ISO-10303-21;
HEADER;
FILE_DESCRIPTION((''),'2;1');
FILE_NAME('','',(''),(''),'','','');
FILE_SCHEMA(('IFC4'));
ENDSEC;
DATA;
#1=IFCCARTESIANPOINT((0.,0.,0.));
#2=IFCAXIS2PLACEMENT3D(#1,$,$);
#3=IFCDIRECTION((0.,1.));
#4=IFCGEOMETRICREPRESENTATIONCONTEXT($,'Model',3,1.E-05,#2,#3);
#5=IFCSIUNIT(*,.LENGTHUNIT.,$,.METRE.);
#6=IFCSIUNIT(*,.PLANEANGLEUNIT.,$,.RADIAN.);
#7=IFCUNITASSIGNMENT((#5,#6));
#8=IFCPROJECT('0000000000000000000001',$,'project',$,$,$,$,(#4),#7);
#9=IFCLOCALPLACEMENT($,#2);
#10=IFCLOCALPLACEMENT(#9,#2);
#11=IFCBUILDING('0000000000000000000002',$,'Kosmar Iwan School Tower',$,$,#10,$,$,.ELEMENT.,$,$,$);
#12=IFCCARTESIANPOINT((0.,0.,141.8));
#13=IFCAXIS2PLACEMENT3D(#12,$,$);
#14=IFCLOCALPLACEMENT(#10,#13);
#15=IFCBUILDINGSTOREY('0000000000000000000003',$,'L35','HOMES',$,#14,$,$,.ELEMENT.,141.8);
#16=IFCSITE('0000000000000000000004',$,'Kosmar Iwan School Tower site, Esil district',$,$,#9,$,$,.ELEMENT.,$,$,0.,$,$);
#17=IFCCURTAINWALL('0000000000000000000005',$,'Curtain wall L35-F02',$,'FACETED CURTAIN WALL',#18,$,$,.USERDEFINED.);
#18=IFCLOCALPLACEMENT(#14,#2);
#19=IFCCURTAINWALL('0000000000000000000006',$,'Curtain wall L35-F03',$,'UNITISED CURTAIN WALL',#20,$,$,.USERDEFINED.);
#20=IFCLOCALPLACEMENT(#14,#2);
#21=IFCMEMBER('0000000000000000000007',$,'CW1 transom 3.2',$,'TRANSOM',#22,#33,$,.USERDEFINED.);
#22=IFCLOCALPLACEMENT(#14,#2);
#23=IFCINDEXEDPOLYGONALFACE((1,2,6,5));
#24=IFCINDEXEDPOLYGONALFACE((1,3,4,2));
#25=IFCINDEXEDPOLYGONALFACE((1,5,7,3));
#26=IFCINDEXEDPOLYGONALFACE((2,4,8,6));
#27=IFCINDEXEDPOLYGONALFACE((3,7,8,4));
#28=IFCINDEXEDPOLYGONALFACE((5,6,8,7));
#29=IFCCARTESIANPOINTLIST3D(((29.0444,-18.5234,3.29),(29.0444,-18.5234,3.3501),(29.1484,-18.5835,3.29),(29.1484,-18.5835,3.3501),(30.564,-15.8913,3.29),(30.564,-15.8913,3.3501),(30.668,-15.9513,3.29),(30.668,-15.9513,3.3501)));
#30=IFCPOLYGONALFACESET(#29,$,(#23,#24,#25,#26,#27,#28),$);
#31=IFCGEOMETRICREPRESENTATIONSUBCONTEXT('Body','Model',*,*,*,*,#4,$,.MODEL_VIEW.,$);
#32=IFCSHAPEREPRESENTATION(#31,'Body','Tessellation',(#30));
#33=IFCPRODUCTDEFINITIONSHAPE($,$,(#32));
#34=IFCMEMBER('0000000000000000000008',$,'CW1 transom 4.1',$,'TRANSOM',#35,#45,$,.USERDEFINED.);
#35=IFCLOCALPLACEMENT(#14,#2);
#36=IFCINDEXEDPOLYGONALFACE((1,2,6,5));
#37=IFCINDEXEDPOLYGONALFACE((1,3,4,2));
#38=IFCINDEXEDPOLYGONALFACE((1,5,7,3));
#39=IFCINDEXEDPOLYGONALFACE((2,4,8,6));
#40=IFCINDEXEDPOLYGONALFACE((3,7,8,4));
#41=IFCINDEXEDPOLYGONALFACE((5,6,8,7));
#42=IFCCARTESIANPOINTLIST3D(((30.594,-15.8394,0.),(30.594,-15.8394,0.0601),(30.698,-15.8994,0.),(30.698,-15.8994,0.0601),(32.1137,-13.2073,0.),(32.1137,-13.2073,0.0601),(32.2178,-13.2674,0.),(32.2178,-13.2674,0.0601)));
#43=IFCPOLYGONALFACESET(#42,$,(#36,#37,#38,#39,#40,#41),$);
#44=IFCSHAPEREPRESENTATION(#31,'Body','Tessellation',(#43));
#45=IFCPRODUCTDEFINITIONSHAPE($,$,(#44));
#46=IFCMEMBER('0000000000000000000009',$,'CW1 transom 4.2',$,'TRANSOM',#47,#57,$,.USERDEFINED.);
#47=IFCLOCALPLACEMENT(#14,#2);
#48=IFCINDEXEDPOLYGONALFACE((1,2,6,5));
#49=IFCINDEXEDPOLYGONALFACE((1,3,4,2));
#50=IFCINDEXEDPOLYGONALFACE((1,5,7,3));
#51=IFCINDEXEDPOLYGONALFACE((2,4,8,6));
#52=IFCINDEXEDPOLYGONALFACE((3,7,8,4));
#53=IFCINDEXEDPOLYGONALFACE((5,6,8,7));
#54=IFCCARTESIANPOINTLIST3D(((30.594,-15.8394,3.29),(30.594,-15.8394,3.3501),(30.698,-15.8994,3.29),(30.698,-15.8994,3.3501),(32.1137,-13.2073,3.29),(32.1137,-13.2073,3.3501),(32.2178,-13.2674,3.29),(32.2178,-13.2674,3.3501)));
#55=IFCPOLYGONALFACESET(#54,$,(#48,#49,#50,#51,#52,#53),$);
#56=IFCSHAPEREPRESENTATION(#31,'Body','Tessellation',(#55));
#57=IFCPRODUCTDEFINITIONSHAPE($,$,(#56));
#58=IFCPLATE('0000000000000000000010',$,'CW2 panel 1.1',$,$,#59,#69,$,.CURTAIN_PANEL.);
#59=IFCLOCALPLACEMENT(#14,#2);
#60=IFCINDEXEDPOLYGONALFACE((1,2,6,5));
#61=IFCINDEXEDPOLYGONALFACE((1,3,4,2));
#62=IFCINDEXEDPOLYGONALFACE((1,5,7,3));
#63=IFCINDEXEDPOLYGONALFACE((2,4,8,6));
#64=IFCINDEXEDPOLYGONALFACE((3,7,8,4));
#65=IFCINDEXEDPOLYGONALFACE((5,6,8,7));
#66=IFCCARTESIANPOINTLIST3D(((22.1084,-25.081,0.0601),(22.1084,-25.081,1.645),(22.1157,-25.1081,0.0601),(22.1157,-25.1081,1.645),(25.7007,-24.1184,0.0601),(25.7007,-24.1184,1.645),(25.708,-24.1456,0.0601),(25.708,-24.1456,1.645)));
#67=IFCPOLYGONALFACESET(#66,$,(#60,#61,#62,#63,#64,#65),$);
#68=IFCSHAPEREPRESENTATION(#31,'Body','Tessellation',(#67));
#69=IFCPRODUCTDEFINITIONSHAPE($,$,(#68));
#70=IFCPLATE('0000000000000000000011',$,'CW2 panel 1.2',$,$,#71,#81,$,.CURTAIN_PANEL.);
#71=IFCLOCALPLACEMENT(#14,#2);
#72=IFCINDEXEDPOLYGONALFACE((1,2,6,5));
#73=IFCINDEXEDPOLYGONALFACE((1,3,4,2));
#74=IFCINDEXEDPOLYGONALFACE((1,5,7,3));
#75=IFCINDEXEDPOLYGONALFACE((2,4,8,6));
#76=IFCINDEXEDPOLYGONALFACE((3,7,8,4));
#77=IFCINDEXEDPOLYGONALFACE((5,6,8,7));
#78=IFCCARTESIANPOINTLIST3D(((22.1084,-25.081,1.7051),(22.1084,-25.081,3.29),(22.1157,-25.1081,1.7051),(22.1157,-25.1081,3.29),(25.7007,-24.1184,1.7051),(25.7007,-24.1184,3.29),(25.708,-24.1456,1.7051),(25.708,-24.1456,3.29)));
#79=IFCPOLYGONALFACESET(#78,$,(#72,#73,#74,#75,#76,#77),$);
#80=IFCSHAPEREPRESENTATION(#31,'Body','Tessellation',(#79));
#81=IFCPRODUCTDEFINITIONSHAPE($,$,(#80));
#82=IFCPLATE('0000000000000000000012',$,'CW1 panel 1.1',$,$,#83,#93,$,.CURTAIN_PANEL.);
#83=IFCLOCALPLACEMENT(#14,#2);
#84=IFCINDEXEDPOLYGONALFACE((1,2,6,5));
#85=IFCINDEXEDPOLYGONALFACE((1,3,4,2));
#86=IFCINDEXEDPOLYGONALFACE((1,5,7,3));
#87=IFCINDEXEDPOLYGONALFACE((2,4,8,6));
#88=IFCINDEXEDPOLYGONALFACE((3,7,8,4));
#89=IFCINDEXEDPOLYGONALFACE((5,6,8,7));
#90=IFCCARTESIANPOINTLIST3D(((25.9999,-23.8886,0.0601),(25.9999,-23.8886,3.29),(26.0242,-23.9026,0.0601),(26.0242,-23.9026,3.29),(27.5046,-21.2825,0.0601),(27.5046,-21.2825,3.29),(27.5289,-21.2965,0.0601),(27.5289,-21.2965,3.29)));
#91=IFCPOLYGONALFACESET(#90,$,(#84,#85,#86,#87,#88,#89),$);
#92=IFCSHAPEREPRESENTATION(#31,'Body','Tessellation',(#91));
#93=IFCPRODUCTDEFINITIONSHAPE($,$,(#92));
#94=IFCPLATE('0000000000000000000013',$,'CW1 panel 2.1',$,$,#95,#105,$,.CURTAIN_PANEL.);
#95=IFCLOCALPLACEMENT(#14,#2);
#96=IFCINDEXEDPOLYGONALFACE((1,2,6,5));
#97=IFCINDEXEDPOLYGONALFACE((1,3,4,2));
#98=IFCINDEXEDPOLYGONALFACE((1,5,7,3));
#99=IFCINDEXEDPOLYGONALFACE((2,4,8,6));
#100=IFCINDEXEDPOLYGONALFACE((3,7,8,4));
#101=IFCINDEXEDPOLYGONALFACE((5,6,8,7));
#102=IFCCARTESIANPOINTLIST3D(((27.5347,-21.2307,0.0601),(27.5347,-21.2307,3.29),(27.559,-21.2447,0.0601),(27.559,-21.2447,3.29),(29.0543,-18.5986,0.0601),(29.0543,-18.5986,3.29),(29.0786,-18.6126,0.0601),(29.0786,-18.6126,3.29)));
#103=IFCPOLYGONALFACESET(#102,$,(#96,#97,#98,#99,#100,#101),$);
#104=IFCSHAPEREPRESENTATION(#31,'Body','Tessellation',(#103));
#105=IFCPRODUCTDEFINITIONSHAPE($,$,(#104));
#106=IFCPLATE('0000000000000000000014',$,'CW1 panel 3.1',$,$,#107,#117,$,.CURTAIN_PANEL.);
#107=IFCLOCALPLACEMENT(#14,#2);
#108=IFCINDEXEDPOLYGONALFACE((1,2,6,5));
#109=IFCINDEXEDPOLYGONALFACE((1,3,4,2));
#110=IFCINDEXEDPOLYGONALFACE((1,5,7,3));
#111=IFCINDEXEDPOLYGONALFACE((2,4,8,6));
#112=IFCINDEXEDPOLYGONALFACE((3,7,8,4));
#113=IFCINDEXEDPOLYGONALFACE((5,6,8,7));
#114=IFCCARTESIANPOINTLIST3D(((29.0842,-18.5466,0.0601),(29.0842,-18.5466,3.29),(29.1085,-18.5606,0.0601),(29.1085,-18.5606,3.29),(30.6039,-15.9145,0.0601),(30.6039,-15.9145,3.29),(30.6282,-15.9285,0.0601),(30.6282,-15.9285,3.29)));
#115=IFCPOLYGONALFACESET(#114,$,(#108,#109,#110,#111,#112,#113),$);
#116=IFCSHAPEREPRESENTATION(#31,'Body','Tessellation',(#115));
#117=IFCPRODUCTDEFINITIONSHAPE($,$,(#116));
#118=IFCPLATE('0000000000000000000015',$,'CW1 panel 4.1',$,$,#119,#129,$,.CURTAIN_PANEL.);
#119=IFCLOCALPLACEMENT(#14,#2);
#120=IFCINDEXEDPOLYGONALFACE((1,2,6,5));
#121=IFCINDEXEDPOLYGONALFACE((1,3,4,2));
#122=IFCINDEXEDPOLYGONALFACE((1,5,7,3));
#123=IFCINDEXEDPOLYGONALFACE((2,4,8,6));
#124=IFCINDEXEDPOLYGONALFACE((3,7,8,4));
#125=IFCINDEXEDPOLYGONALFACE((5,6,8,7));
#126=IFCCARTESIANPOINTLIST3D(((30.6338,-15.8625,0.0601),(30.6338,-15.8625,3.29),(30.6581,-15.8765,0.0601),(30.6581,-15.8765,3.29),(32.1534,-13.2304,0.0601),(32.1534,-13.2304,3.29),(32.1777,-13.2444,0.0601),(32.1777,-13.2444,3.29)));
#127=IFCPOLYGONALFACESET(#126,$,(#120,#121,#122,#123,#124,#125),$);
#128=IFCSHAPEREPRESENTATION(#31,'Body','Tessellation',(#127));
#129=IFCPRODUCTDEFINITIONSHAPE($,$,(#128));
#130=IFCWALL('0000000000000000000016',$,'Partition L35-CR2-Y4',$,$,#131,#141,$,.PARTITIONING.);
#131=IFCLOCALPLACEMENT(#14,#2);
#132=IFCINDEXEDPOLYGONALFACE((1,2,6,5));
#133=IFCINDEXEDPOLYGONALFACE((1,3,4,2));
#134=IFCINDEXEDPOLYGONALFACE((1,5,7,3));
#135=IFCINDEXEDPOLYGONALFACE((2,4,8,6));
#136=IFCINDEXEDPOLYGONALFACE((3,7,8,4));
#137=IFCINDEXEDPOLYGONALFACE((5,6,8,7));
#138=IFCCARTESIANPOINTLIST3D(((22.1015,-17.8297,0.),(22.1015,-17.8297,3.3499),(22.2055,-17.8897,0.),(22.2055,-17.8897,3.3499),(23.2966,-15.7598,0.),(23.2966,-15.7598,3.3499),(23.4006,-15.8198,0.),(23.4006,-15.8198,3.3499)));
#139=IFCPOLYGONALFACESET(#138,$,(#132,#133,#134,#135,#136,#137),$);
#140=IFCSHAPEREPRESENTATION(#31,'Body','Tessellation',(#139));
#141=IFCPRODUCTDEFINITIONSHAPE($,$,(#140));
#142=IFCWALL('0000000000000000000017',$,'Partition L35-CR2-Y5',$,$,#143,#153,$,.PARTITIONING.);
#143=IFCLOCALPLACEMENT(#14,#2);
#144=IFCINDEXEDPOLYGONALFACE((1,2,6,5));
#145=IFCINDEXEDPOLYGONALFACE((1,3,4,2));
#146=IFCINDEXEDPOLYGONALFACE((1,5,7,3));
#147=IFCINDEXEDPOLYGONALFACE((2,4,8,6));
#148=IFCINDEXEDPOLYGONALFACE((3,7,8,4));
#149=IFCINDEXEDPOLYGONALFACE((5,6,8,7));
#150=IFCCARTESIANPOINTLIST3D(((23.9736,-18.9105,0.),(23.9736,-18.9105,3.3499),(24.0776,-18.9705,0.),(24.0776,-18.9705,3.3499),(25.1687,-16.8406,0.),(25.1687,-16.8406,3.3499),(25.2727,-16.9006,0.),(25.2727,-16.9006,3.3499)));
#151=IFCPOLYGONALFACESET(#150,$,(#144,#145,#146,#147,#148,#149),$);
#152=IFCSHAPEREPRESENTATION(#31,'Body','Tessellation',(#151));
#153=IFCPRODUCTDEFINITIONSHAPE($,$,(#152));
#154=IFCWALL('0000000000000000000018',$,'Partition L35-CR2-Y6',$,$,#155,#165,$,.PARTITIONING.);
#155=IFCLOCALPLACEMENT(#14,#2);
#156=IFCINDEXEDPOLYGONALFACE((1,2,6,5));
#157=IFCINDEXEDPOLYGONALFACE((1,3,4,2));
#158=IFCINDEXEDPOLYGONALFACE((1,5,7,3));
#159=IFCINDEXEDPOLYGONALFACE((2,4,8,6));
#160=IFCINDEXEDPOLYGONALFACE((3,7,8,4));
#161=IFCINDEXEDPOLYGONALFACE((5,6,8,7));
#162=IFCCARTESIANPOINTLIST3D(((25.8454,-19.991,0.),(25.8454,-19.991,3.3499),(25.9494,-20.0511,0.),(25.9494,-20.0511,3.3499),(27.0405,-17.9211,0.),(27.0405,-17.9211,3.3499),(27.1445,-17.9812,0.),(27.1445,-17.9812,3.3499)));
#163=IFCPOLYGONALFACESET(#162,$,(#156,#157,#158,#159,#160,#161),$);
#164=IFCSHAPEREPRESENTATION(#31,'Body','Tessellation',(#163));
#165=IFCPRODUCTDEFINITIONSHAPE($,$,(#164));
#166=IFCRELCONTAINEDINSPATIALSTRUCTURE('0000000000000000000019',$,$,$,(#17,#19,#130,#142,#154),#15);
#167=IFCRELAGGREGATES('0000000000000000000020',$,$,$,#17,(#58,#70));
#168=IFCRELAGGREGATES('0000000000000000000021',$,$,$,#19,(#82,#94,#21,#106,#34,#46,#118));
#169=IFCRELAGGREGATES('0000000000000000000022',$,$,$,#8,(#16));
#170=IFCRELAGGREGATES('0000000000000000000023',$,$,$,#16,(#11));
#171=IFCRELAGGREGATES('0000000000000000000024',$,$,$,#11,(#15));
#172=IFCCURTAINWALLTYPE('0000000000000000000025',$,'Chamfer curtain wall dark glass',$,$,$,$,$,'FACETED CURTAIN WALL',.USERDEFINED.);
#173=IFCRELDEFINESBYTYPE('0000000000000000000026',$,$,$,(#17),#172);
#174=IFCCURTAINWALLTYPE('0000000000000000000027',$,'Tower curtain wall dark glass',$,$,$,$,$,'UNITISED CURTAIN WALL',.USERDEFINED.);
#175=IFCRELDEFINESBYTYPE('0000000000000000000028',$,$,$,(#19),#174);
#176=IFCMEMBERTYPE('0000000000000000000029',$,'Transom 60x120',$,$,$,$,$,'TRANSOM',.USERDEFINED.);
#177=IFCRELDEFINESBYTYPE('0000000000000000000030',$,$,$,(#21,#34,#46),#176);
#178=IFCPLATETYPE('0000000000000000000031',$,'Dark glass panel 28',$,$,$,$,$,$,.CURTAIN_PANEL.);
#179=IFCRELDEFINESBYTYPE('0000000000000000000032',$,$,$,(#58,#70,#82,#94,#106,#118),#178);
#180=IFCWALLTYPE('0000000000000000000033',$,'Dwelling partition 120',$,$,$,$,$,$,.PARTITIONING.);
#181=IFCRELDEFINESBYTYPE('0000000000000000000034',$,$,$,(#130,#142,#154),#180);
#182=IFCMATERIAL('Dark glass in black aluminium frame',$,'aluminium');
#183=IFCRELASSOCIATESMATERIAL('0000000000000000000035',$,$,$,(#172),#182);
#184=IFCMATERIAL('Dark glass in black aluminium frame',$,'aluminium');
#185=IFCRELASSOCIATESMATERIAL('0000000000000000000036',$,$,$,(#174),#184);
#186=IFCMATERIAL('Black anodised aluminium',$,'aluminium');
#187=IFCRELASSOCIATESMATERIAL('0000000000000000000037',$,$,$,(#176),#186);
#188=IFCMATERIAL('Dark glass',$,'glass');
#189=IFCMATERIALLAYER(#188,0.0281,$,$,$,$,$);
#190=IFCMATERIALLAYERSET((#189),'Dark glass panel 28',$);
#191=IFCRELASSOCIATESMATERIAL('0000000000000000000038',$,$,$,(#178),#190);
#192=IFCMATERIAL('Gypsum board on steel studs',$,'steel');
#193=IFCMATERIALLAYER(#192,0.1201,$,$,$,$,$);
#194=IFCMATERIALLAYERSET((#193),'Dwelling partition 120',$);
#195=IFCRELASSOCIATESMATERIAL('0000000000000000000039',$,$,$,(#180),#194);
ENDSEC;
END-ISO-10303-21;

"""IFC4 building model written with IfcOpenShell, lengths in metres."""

from ifc_helpers import new_model, si_unit, direction, frame, frame_2d, origin, origin_2d, place, context, subcontext, project, spatial, rectangle, extrude, material, layer, layer_set, material_profile, profile_set, type_object, element, aggregate, save


model = new_model("IFC4")

# Units and contexts
model_context = context("Model", 3, precision=1e-05, world=origin(), true_north=direction((0.0, 1.0)))
body_context = subcontext(model_context, "Body", "Model", "MODEL_VIEW")
ifc_project = project(units=[si_unit("LENGTHUNIT", "METRE"), si_unit("PLANEANGLEUNIT", "RADIAN")], contexts=[model_context])

# Site, building, storey
site_placement = place(None, origin())
site = spatial("IfcSite", under=ifc_project, at=site_placement, Name="Kosmar Iwan School Tower site, Esil district", CompositionType="ELEMENT", RefElevation=0.0)
building_placement = place(site_placement, origin())
building = spatial("IfcBuilding", under=site, at=building_placement, Name="Kosmar Iwan School Tower", CompositionType="ELEMENT")
storey_placement = place(building_placement, frame((0.0, 0.0, 141.8)))
storey = spatial("IfcBuildingStorey", under=building, at=storey_placement, Name="L35", Description="HOMES", CompositionType="ELEMENT", Elevation=141.8)

# Curtain wall
ifc_material_1 = material(Name="Dark glass in black aluminium frame", Category="aluminium")
curtain_wall_type_1 = type_object("IfcCurtainWallType", Name="Chamfer curtain wall dark glass", ElementType="FACETED CURTAIN WALL", PredefinedType="USERDEFINED", material=ifc_material_1)
curtain_wall_1_placement = place(storey_placement, origin())
curtain_wall_1 = element("IfcCurtainWall", 1, at=curtain_wall_1_placement, inside=storey, type_object=curtain_wall_type_1, Name="Curtain wall L35-F02", ObjectType="FACETED CURTAIN WALL", PredefinedType="USERDEFINED")

# Curtain wall
ifc_material_2 = material(Name="Dark glass in black aluminium frame", Category="aluminium")
curtain_wall_type_2 = type_object("IfcCurtainWallType", Name="Tower curtain wall dark glass", ElementType="UNITISED CURTAIN WALL", PredefinedType="USERDEFINED", material=ifc_material_2)
curtain_wall_2_placement = place(storey_placement, origin())
curtain_wall_2 = element("IfcCurtainWall", 2, at=curtain_wall_2_placement, inside=storey, type_object=curtain_wall_type_2, Name="Curtain wall L35-F03", ObjectType="UNITISED CURTAIN WALL", PredefinedType="USERDEFINED")

# Members
ifc_material_3 = material(Name="Black anodised aluminium", Category="aluminium")
ifc_material_profile_1 = material_profile(ifc_material_3, rectangle(XDim=0.1201, YDim=0.0601, at=origin_2d()), Name="TRANSOM 60x120")
ifc_profile_set_1 = profile_set([ifc_material_profile_1], Name="Black anodised aluminium")
member_type_1 = type_object("IfcMemberType", Name="Transom 60x120", ElementType="TRANSOM", PredefinedType="USERDEFINED", material=ifc_profile_set_1)
member_1_placement = place(storey_placement, frame((29.0964, -18.5535, 3.3201), z_axis=(0.499975, 0.86604, 0.0), x_axis=(-0.86604, 0.499975, 0.0)))
member_1 = element("IfcMember", 3, at=member_1_placement, type_object=member_type_1, Name="CW1 transom 3.2", ObjectType="TRANSOM", PredefinedType="USERDEFINED", context=body_context, shape_type="SweptSolid", body=[
    extrude(rectangle(XDim=0.1201, YDim=0.0601, at=origin_2d()), origin(), (0.0, 0.0, 1.0), 3.0393),
])
member_2_placement = place(storey_placement, frame((30.646, -15.8694, 0.03), z_axis=(0.500035, 0.866005, 0.0), x_axis=(-0.866005, 0.500035, 0.0)))
member_2 = element("IfcMember", 4, at=member_2_placement, type_object=member_type_1, Name="CW1 transom 4.1", ObjectType="TRANSOM", PredefinedType="USERDEFINED", context=body_context, shape_type="SweptSolid", body=[
    extrude(rectangle(XDim=0.1201, YDim=0.0601, at=origin_2d()), origin(), (0.0, 0.0, 1.0), 3.0393),
])
member_3_placement = place(storey_placement, frame((30.646, -15.8694, 3.3201), z_axis=(0.500035, 0.866005, 0.0), x_axis=(-0.866005, 0.500035, 0.0)))
member_3 = element("IfcMember", 5, at=member_3_placement, type_object=member_type_1, Name="CW1 transom 4.2", ObjectType="TRANSOM", PredefinedType="USERDEFINED", context=body_context, shape_type="SweptSolid", body=[
    extrude(rectangle(XDim=0.1201, YDim=0.0601, at=origin_2d()), origin(), (0.0, 0.0, 1.0), 3.0393),
])

# Plates
ifc_material_4 = material(Name="Dark glass", Category="glass")
ifc_layer_1 = layer(ifc_material_4, 0.0281)
ifc_layer_set_1 = layer_set([ifc_layer_1], Name="Dark glass panel 28")
plate_type = type_object("IfcPlateType", Name="Dark glass panel 28", PredefinedType="CURTAIN_PANEL", material=ifc_layer_set_1)
plate_1_placement = place(storey_placement, frame((23.9082, -24.6133, 0.0601), z_axis=(0.0, 0.0, 1.0), x_axis=(0.965926, 0.258819, 0.0)))
plate_1 = element("IfcPlate", 6, at=plate_1_placement, type_object=plate_type, Name="CW2 panel 1.1", PredefinedType="CURTAIN_PANEL", context=body_context, shape_type="SweptSolid", body=[
    extrude(rectangle(XDim=3.719, YDim=0.0281, at=origin_2d()), origin(), (0.0, 0.0, 1.0), 1.585),
])
plate_2_placement = place(storey_placement, frame((23.9082, -24.6133, 1.7051), z_axis=(0.0, 0.0, 1.0), x_axis=(0.965926, 0.258819, 0.0)))
plate_2 = element("IfcPlate", 7, at=plate_2_placement, type_object=plate_type, Name="CW2 panel 1.2", PredefinedType="CURTAIN_PANEL", context=body_context, shape_type="SweptSolid", body=[
    extrude(rectangle(XDim=3.719, YDim=0.0281, at=origin_2d()), origin(), (0.0, 0.0, 1.0), 1.585),
])
aggregate(curtain_wall_1, [plate_1, plate_2])
plate_3_placement = place(storey_placement, frame((26.7644, -22.5925, 0.0601), z_axis=(0.0, 0.0, 1.0), x_axis=(0.5, 0.866025, 0.0)))
plate_3 = element("IfcPlate", 8, at=plate_3_placement, type_object=plate_type, Name="CW1 panel 1.1", PredefinedType="CURTAIN_PANEL", context=body_context, shape_type="SweptSolid", body=[
    extrude(rectangle(XDim=3.0093, YDim=0.0281, at=origin_2d()), origin(), (0.0, 0.0, 1.0), 3.23),
])
plate_4_placement = place(storey_placement, frame((28.3066, -19.9216, 0.0601), z_axis=(0.0, 0.0, 1.0), x_axis=(0.5, 0.866025, 0.0)))
plate_4 = element("IfcPlate", 9, at=plate_4_placement, type_object=plate_type, Name="CW1 panel 2.1", PredefinedType="CURTAIN_PANEL", context=body_context, shape_type="SweptSolid", body=[
    extrude(rectangle(XDim=3.0393, YDim=0.0281, at=origin_2d()), origin(), (0.0, 0.0, 1.0), 3.23),
])
plate_5_placement = place(storey_placement, frame((29.8562, -17.2375, 0.0601), z_axis=(0.0, 0.0, 1.0), x_axis=(0.5, 0.866025, 0.0)))
plate_5 = element("IfcPlate", 10, at=plate_5_placement, type_object=plate_type, Name="CW1 panel 3.1", PredefinedType="CURTAIN_PANEL", context=body_context, shape_type="SweptSolid", body=[
    extrude(rectangle(XDim=3.0393, YDim=0.0281, at=origin_2d()), origin(), (0.0, 0.0, 1.0), 3.23),
])
plate_6_placement = place(storey_placement, frame((31.4058, -14.5535, 0.0601), z_axis=(0.0, 0.0, 1.0), x_axis=(0.5, 0.866025, 0.0)))
plate_6 = element("IfcPlate", 11, at=plate_6_placement, type_object=plate_type, Name="CW1 panel 4.1", PredefinedType="CURTAIN_PANEL", context=body_context, shape_type="SweptSolid", body=[
    extrude(rectangle(XDim=3.0393, YDim=0.0281, at=origin_2d()), origin(), (0.0, 0.0, 1.0), 3.23),
])
aggregate(curtain_wall_2, [plate_3, plate_4, member_1, plate_5, member_2, member_3, plate_6])

# Walls
ifc_material_5 = material(Name="Gypsum board on steel studs", Category="steel")
ifc_layer_2 = layer(ifc_material_5, 0.1201)
ifc_layer_set_2 = layer_set([ifc_layer_2], Name="Dwelling partition 120")
wall_type = type_object("IfcWallType", Name="Dwelling partition 120", PredefinedType="PARTITIONING", material=ifc_layer_set_2)
for number, where, z_axis, x_axis, name in (
    (12, (23.3486, -15.7898, 0.0), (0.0, 0.0, 1.0), (-0.500017, -0.866015, 0.0), "Partition L35-CR2-Y4"),
    (13, (25.2207, -16.8706, 0.0), (0.0, 0.0, 1.0), (-0.500017, -0.866015, 0.0), "Partition L35-CR2-Y5"),
    (14, (27.0925, -17.9512, 0.0), (0.0, 0.0, 1.0), (-0.500017, -0.866015, 0.0), "Partition L35-CR2-Y6"),
):
    element("IfcWall", number, at=place(storey_placement, frame(where, z_axis=z_axis, x_axis=x_axis)), inside=storey, type_object=wall_type, Name=name, PredefinedType="PARTITIONING", context=body_context, shape_type="SweptSolid", body=[
        extrude(rectangle(XDim=2.3901, YDim=0.1201, at=frame_2d((1.1951, 0.0))), origin(), (0.0, 0.0, 1.0), 3.3499),
    ])

save(model, "model.ifc")
